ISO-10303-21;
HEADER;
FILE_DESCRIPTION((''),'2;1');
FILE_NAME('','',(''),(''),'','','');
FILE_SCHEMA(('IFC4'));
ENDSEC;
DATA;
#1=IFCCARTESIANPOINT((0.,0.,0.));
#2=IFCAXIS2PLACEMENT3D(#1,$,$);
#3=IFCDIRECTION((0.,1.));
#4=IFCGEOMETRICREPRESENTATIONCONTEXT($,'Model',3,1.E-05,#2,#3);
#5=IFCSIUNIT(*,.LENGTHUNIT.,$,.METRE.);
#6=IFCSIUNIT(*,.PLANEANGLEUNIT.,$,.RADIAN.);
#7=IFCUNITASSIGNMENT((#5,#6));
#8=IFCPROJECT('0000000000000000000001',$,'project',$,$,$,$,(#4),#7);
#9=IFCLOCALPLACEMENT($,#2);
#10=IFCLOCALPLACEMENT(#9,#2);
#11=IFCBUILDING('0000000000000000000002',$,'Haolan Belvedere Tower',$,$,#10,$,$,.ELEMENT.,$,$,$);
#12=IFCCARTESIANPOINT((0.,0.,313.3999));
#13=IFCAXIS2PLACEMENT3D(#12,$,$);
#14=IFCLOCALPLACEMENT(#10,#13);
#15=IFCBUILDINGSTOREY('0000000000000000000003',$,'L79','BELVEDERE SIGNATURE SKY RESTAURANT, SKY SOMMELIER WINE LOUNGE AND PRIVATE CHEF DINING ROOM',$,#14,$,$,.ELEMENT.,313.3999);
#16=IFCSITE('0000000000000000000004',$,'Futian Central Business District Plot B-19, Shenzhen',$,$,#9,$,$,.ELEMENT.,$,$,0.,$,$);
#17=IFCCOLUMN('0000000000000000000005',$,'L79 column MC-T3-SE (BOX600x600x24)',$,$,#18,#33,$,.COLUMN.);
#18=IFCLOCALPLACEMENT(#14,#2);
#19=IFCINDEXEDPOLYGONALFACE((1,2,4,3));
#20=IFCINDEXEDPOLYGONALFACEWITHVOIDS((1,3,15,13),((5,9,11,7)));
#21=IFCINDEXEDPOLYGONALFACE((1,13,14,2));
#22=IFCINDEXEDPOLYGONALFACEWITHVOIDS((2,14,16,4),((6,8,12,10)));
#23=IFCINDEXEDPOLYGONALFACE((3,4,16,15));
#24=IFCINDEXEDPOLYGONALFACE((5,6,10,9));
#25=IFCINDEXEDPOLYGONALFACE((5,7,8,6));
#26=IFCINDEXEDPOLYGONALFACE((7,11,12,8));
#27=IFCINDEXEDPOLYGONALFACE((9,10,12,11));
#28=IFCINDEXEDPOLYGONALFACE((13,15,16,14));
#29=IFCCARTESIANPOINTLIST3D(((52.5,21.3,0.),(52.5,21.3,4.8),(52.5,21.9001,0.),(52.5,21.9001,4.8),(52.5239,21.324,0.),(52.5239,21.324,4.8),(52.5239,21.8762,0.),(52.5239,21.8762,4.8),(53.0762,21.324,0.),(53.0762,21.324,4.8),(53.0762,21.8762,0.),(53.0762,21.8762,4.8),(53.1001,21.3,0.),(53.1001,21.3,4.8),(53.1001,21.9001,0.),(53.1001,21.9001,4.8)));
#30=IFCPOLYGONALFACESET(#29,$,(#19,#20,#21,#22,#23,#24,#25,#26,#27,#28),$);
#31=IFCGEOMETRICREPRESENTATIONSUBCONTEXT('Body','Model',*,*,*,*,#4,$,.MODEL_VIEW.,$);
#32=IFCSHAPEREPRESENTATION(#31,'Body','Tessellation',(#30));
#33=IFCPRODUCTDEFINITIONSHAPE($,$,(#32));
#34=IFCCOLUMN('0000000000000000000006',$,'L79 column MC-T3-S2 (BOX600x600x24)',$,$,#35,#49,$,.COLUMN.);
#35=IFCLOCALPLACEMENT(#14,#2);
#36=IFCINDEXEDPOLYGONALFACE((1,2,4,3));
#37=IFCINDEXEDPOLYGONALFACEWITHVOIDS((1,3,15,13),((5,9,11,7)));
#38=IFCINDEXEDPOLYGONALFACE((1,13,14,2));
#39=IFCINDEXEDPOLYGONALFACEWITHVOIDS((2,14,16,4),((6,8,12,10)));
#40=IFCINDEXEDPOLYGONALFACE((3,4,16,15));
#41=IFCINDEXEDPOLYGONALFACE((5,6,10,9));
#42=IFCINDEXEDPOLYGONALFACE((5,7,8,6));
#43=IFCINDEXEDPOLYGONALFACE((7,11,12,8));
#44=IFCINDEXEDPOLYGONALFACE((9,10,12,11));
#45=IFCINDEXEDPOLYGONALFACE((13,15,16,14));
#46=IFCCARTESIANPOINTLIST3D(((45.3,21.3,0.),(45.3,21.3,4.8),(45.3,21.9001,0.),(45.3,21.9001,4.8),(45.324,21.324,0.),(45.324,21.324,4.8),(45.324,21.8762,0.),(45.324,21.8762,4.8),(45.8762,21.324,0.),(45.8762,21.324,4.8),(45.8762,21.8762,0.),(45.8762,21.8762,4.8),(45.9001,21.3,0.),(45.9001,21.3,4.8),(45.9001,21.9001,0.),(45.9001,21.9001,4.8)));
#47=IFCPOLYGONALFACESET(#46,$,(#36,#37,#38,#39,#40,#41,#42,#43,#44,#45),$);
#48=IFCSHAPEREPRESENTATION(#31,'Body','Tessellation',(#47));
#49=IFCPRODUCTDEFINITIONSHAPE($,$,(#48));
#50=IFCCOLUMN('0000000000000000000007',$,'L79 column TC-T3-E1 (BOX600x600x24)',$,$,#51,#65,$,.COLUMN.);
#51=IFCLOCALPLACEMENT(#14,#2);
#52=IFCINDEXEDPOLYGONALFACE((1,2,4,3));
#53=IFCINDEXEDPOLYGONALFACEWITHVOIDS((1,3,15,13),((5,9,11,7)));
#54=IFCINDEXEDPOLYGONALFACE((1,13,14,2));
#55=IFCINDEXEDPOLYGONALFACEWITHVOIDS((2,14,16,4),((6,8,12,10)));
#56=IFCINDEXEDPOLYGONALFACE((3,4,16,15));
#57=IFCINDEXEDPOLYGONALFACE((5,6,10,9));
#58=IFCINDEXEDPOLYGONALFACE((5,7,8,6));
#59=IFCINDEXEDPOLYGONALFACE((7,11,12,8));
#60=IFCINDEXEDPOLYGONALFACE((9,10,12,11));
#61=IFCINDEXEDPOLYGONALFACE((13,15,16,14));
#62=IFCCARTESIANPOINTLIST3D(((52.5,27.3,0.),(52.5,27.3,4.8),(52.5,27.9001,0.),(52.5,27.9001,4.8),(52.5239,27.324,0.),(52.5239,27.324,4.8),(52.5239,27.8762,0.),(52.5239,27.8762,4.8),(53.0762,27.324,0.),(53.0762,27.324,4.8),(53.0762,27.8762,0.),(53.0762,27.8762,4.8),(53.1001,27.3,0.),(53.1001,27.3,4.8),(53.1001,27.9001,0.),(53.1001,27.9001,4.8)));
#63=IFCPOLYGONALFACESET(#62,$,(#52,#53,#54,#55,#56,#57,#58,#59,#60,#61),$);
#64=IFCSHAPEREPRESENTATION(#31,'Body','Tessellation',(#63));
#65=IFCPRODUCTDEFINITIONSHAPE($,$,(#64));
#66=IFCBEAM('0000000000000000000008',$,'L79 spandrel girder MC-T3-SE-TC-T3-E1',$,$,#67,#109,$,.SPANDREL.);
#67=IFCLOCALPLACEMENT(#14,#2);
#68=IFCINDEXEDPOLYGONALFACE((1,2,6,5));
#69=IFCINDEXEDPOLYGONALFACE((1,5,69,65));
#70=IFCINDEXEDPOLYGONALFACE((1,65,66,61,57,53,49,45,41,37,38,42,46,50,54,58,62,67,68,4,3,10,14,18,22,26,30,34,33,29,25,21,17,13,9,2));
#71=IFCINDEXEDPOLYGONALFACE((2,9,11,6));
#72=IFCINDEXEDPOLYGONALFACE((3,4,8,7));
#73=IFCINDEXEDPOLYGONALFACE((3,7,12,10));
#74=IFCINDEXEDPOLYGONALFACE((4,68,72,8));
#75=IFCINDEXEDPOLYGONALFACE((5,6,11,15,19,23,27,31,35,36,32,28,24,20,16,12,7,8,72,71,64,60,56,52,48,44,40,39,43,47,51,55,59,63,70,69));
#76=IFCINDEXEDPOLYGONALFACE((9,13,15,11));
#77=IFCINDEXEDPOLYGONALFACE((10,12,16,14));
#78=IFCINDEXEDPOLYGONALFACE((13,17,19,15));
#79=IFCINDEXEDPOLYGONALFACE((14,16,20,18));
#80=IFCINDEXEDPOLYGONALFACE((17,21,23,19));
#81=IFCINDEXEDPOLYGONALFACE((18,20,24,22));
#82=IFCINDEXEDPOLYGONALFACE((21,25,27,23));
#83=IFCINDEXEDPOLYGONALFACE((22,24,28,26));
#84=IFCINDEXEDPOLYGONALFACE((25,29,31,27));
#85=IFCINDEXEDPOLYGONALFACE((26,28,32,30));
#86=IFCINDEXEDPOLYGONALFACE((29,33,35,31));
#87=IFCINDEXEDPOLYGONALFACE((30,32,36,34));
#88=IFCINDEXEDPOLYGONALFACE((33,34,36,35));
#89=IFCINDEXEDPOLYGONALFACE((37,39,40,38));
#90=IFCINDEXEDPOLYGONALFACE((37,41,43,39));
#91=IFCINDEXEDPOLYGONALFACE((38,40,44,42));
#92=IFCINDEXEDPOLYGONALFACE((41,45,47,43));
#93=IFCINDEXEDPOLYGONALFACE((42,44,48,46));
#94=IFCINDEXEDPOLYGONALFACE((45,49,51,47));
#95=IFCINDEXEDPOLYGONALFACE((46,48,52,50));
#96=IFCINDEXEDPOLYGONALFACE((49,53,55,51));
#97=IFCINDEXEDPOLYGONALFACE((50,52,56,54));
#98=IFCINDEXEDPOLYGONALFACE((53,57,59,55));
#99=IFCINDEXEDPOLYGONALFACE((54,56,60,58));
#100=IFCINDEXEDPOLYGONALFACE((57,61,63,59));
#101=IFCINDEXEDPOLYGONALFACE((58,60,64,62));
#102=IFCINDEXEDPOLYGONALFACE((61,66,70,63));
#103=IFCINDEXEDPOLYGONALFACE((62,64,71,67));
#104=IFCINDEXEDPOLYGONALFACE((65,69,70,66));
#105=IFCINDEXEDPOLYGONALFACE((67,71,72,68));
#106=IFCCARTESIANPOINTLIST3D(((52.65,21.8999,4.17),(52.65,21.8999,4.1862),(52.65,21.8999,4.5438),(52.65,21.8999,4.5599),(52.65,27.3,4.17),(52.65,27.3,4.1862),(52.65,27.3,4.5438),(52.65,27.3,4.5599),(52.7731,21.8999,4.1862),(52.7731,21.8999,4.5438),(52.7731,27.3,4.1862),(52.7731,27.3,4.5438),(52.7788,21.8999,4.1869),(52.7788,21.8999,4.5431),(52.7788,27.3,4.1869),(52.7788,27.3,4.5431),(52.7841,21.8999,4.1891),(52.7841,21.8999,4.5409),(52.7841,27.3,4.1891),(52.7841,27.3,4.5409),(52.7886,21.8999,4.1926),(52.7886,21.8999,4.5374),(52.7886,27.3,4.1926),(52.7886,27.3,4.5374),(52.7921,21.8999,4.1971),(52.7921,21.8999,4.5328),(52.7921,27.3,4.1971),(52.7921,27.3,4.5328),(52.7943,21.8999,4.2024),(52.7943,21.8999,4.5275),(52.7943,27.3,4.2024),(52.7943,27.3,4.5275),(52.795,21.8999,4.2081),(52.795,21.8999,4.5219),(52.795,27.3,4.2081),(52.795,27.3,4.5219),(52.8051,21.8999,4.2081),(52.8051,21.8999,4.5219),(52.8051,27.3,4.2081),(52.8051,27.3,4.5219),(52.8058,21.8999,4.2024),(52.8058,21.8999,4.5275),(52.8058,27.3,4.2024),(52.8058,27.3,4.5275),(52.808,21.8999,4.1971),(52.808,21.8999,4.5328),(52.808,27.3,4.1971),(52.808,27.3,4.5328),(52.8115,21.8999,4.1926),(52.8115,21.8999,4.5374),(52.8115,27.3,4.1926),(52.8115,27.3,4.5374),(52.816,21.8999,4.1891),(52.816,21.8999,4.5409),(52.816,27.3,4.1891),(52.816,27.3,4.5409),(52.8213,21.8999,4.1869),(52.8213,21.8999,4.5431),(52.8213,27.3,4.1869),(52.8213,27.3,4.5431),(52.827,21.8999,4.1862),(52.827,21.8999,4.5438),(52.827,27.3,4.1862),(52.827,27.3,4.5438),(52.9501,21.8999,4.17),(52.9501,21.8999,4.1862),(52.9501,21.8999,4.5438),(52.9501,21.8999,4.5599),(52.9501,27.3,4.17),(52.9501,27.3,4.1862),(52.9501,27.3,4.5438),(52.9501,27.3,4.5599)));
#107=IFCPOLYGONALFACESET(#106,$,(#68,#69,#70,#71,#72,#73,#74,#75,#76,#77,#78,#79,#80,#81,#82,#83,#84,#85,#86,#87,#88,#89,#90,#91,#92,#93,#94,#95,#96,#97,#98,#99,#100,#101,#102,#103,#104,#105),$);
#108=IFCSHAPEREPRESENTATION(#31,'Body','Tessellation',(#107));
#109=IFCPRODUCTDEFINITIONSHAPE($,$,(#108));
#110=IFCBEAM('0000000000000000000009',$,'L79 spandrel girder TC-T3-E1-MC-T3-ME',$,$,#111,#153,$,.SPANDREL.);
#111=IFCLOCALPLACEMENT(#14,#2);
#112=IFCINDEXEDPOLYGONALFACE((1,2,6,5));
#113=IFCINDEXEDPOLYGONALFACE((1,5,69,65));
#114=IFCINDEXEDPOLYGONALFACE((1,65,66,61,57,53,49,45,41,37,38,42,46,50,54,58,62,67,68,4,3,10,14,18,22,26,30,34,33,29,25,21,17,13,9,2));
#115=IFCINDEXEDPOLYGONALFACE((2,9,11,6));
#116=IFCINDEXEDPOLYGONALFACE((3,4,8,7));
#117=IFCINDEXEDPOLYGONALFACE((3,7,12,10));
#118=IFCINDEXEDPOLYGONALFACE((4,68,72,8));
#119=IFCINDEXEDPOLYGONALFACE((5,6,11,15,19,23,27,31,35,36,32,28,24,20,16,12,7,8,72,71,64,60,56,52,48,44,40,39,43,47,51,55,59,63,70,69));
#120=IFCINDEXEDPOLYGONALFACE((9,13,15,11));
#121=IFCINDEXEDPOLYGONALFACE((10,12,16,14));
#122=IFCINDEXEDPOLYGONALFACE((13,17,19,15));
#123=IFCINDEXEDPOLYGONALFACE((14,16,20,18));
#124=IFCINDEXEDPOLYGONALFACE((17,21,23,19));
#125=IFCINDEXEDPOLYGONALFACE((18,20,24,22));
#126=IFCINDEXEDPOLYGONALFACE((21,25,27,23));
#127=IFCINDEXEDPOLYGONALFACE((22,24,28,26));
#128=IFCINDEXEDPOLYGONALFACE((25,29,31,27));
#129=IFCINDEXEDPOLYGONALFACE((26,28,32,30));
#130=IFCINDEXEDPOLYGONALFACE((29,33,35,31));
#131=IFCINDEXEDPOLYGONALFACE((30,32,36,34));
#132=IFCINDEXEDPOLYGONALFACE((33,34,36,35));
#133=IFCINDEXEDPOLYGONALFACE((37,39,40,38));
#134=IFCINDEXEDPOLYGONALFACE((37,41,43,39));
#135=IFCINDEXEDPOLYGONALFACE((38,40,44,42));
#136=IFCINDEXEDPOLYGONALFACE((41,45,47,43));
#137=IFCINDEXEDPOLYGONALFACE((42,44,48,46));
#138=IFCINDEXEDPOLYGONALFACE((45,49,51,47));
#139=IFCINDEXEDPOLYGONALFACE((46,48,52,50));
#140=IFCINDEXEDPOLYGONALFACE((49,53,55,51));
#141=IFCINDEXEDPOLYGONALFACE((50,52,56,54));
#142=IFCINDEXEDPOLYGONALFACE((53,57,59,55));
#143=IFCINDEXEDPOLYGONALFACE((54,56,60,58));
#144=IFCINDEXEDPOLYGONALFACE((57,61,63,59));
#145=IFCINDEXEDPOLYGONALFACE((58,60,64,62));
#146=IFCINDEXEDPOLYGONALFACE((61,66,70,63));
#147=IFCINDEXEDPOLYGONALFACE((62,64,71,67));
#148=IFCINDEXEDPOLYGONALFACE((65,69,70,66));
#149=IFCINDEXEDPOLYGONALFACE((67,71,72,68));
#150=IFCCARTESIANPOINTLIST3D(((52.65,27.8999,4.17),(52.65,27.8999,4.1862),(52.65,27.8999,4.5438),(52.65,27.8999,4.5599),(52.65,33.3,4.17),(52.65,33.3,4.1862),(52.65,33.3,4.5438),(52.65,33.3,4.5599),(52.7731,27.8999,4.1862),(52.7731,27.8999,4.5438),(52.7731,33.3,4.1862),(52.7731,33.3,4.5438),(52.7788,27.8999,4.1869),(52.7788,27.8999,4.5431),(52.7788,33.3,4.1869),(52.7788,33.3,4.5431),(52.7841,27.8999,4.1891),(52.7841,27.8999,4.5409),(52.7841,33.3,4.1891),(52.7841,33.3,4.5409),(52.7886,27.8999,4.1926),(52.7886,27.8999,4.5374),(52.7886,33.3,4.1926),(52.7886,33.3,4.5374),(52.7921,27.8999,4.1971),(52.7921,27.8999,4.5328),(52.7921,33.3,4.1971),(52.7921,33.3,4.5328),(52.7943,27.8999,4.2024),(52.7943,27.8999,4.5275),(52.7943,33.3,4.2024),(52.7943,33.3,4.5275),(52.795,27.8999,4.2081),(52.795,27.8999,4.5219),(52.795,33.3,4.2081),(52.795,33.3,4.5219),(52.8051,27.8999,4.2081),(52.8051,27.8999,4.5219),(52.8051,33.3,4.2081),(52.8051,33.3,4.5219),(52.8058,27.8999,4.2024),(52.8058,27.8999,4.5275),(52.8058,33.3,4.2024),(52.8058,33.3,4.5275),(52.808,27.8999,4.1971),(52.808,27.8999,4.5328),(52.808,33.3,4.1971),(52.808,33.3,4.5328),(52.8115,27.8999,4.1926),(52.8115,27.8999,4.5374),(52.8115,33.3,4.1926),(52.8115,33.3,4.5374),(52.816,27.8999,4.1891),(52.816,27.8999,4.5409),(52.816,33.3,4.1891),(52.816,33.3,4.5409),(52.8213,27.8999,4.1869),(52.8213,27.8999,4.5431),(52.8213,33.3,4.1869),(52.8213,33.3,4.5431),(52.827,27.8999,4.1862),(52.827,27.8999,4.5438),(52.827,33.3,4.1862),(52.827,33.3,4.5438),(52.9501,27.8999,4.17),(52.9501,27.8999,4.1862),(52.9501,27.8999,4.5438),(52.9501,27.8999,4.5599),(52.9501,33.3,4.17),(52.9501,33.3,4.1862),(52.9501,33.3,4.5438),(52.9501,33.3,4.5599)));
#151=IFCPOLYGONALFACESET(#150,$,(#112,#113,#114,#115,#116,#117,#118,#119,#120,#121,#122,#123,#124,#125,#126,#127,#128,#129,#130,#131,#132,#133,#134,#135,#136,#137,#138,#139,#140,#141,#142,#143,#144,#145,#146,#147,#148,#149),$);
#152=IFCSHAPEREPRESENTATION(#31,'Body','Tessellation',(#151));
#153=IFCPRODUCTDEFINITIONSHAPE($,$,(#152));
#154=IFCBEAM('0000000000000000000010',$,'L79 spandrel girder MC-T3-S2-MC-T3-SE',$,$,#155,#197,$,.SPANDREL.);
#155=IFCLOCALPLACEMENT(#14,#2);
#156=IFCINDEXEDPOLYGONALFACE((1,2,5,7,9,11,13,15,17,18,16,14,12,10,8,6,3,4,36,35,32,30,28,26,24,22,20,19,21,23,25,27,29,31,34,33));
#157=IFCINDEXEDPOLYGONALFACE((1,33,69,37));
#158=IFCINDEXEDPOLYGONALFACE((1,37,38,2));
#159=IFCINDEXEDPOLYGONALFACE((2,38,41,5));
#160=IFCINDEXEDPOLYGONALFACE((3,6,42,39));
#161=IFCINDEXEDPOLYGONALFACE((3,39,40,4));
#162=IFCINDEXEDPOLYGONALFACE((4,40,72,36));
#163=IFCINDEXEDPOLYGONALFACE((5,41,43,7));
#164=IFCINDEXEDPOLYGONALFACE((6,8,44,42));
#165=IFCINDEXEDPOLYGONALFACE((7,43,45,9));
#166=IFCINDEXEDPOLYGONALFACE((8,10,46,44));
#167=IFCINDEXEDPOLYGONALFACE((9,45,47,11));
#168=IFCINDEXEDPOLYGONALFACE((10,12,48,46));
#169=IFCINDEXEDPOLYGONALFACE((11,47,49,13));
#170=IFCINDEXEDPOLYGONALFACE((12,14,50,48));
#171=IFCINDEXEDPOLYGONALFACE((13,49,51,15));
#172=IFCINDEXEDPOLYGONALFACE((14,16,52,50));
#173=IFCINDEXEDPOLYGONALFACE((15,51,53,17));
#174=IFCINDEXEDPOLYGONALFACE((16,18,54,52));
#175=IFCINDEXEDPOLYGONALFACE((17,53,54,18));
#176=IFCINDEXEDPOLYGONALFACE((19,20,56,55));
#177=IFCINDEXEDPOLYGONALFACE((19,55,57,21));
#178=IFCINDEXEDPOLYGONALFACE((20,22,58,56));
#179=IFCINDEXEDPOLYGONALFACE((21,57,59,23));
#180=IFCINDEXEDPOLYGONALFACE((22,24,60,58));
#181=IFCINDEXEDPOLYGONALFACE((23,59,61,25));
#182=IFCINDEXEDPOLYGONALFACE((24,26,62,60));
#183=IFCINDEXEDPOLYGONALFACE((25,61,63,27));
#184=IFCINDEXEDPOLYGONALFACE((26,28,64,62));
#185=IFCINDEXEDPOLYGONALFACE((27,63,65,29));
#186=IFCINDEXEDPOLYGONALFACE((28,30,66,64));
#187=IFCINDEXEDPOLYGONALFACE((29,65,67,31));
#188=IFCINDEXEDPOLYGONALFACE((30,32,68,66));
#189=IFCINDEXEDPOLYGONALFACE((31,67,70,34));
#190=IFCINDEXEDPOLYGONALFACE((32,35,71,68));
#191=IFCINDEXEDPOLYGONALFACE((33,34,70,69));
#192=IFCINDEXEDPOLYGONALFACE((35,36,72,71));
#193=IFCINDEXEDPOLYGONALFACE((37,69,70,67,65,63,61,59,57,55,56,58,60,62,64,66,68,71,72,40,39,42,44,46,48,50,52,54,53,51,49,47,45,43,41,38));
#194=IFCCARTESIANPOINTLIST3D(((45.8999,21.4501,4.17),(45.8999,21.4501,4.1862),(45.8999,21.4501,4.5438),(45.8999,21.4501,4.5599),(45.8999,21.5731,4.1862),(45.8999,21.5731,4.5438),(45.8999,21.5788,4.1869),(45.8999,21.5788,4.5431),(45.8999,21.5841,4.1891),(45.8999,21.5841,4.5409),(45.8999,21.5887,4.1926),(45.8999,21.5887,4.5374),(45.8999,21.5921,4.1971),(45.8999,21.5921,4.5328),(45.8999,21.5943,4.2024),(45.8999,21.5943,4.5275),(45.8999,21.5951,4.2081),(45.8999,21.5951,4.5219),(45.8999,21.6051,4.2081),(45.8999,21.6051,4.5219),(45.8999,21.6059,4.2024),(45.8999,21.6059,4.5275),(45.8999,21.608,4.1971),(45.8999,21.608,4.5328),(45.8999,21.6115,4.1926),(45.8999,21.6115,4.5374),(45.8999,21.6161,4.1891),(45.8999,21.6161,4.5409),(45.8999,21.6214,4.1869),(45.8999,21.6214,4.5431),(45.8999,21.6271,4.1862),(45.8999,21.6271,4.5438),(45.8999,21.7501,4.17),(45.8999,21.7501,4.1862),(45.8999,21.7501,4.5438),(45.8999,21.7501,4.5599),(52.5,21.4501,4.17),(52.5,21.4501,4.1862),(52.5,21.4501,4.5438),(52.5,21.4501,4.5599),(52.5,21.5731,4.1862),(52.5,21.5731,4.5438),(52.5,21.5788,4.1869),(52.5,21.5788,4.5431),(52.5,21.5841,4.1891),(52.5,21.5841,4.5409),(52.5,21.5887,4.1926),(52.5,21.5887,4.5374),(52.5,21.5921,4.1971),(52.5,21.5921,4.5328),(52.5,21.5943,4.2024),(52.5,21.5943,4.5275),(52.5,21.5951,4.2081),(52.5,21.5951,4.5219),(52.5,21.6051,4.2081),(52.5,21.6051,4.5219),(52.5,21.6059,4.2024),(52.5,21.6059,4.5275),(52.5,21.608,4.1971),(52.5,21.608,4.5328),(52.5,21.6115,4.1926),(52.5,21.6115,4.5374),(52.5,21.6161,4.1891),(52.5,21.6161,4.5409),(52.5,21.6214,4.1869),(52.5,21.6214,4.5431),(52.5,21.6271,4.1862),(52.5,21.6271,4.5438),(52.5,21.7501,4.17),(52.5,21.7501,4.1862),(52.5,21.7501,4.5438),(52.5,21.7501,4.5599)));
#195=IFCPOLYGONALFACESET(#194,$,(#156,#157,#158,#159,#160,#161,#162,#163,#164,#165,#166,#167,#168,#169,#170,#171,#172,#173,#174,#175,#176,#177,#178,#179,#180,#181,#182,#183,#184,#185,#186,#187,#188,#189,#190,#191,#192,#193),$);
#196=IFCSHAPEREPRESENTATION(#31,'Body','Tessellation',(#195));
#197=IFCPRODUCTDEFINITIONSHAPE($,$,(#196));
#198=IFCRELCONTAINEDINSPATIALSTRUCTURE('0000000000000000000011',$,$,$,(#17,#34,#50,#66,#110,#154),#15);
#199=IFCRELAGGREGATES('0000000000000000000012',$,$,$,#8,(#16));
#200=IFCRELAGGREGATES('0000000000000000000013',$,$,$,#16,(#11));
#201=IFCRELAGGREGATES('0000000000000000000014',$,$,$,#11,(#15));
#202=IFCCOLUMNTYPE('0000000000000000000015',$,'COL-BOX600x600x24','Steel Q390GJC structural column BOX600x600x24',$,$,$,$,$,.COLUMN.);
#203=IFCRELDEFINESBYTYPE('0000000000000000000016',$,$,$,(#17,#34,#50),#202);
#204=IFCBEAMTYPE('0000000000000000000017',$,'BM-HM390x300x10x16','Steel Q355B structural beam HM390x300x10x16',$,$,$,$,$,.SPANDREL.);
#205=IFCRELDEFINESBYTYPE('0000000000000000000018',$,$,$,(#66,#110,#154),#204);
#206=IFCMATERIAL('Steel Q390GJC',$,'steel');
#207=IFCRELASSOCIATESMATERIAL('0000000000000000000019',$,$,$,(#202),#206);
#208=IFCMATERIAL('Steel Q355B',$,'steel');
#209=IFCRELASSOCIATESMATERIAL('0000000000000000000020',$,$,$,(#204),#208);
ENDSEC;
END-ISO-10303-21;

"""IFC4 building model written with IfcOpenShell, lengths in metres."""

from ifc_helpers import new_model, si_unit, direction, frame, origin, origin_2d, place, context, subcontext, project, spatial, hollow_rectangle, i_section, extrude, material, material_profile, profile_set, type_object, element, save


model = new_model("IFC4")

# Units and contexts
model_context = context("Model", 3, precision=1e-05, world=origin(), true_north=direction((0.0, 1.0)))
body_context = subcontext(model_context, "Body", "Model", "MODEL_VIEW")
ifc_project = project(units=[si_unit("LENGTHUNIT", "METRE"), si_unit("PLANEANGLEUNIT", "RADIAN")], contexts=[model_context])

# Site, building, storey
site_placement = place(None, origin())
site = spatial("IfcSite", under=ifc_project, at=site_placement, Name="Futian Central Business District Plot B-19, Shenzhen", CompositionType="ELEMENT", RefElevation=0.0)
building_placement = place(site_placement, origin())
building = spatial("IfcBuilding", under=site, at=building_placement, Name="Haolan Belvedere Tower", CompositionType="ELEMENT")
storey_placement = place(building_placement, frame((0.0, 0.0, 313.3999)))
storey = spatial("IfcBuildingStorey", under=building, at=storey_placement, Name="L79", Description="BELVEDERE SIGNATURE SKY RESTAURANT, SKY SOMMELIER WINE LOUNGE AND PRIVATE CHEF DINING ROOM", CompositionType="ELEMENT", Elevation=313.3999)

# Columns
ifc_material_1 = material(Name="Steel Q390GJC", Category="steel")
ifc_material_profile_1 = material_profile(ifc_material_1, hollow_rectangle(XDim=0.6001, YDim=0.6001, WallThickness=0.0239, at=origin_2d()), Name="Steel Q390GJC")
ifc_profile_set_1 = profile_set([ifc_material_profile_1], Name="Steel Q390GJC")
column_type = type_object("IfcColumnType", Name="COL-BOX600x600x24", Description="Steel Q390GJC structural column BOX600x600x24", PredefinedType="COLUMN", material=ifc_profile_set_1)
for number, where, z_axis, x_axis, name in (
    (1, (52.8, 21.6001, 0.0), (0.0, 0.0, 1.0), (1.0, 0.0, 0.0), "L79 column MC-T3-SE (BOX600x600x24)"),
    (2, (45.6001, 21.6001, 0.0), (0.0, 0.0, 1.0), (1.0, 0.0, 0.0), "L79 column MC-T3-S2 (BOX600x600x24)"),
    (3, (52.8, 27.6001, 0.0), (0.0, 0.0, 1.0), (1.0, 0.0, 0.0), "L79 column TC-T3-E1 (BOX600x600x24)"),
):
    element("IfcColumn", number, at=place(storey_placement, frame(where, z_axis=z_axis, x_axis=x_axis)), inside=storey, type_object=column_type, Name=name, PredefinedType="COLUMN", context=body_context, shape_type="SweptSolid", body=[
        extrude(hollow_rectangle(XDim=0.6001, YDim=0.6001, WallThickness=0.0239, at=origin_2d()), origin(), (0.0, 0.0, 1.0), 4.8),
    ])

# Beams
ifc_material_2 = material(Name="Steel Q355B", Category="steel")
ifc_material_profile_2 = material_profile(ifc_material_2, i_section(OverallWidth=0.3, OverallDepth=0.3899, WebThickness=0.01, FlangeThickness=0.0161, FilletRadius=0.022, at=origin_2d()), Name="Steel Q355B")
ifc_profile_set_2 = profile_set([ifc_material_profile_2], Name="Steel Q355B")
beam_type_1 = type_object("IfcBeamType", Name="BM-HM390x300x10x16", Description="Steel Q355B structural beam HM390x300x10x16", PredefinedType="SPANDREL", material=ifc_profile_set_2)
for number, where, z_axis, x_axis, name in (
    (4, (52.8, 21.8999, 4.365), (0.0, 1.0, 0.0), (-1.0, 0.0, 0.0), "L79 spandrel girder MC-T3-SE-TC-T3-E1"),
    (5, (52.8, 27.8999, 4.365), (0.0, 1.0, 0.0), (-1.0, 0.0, 0.0), "L79 spandrel girder TC-T3-E1-MC-T3-ME"),
):
    element("IfcBeam", number, at=place(storey_placement, frame(where, z_axis=z_axis, x_axis=x_axis)), inside=storey, type_object=beam_type_1, Name=name, PredefinedType="SPANDREL", context=body_context, shape_type="SweptSolid", body=[
        extrude(i_section(OverallWidth=0.3, OverallDepth=0.3899, WebThickness=0.01, FlangeThickness=0.0161, FilletRadius=0.022, at=origin_2d()), origin(), (0.0, 0.0, 1.0), 5.4001),
    ])
beam_1_placement = place(storey_placement, frame((45.8999, 21.6001, 4.365), z_axis=(1.0, 0.0, 0.0), x_axis=(0.0, 1.0, 0.0)))
element("IfcBeam", 6, at=beam_1_placement, inside=storey, type_object=beam_type_1, Name="L79 spandrel girder MC-T3-S2-MC-T3-SE", PredefinedType="SPANDREL", context=body_context, shape_type="SweptSolid", body=[
    extrude(i_section(OverallWidth=0.3, OverallDepth=0.3899, WebThickness=0.01, FlangeThickness=0.0161, FilletRadius=0.022, at=origin_2d()), origin(), (0.0, 0.0, 1.0), 6.6001),
])

save(model, "model.ifc")
